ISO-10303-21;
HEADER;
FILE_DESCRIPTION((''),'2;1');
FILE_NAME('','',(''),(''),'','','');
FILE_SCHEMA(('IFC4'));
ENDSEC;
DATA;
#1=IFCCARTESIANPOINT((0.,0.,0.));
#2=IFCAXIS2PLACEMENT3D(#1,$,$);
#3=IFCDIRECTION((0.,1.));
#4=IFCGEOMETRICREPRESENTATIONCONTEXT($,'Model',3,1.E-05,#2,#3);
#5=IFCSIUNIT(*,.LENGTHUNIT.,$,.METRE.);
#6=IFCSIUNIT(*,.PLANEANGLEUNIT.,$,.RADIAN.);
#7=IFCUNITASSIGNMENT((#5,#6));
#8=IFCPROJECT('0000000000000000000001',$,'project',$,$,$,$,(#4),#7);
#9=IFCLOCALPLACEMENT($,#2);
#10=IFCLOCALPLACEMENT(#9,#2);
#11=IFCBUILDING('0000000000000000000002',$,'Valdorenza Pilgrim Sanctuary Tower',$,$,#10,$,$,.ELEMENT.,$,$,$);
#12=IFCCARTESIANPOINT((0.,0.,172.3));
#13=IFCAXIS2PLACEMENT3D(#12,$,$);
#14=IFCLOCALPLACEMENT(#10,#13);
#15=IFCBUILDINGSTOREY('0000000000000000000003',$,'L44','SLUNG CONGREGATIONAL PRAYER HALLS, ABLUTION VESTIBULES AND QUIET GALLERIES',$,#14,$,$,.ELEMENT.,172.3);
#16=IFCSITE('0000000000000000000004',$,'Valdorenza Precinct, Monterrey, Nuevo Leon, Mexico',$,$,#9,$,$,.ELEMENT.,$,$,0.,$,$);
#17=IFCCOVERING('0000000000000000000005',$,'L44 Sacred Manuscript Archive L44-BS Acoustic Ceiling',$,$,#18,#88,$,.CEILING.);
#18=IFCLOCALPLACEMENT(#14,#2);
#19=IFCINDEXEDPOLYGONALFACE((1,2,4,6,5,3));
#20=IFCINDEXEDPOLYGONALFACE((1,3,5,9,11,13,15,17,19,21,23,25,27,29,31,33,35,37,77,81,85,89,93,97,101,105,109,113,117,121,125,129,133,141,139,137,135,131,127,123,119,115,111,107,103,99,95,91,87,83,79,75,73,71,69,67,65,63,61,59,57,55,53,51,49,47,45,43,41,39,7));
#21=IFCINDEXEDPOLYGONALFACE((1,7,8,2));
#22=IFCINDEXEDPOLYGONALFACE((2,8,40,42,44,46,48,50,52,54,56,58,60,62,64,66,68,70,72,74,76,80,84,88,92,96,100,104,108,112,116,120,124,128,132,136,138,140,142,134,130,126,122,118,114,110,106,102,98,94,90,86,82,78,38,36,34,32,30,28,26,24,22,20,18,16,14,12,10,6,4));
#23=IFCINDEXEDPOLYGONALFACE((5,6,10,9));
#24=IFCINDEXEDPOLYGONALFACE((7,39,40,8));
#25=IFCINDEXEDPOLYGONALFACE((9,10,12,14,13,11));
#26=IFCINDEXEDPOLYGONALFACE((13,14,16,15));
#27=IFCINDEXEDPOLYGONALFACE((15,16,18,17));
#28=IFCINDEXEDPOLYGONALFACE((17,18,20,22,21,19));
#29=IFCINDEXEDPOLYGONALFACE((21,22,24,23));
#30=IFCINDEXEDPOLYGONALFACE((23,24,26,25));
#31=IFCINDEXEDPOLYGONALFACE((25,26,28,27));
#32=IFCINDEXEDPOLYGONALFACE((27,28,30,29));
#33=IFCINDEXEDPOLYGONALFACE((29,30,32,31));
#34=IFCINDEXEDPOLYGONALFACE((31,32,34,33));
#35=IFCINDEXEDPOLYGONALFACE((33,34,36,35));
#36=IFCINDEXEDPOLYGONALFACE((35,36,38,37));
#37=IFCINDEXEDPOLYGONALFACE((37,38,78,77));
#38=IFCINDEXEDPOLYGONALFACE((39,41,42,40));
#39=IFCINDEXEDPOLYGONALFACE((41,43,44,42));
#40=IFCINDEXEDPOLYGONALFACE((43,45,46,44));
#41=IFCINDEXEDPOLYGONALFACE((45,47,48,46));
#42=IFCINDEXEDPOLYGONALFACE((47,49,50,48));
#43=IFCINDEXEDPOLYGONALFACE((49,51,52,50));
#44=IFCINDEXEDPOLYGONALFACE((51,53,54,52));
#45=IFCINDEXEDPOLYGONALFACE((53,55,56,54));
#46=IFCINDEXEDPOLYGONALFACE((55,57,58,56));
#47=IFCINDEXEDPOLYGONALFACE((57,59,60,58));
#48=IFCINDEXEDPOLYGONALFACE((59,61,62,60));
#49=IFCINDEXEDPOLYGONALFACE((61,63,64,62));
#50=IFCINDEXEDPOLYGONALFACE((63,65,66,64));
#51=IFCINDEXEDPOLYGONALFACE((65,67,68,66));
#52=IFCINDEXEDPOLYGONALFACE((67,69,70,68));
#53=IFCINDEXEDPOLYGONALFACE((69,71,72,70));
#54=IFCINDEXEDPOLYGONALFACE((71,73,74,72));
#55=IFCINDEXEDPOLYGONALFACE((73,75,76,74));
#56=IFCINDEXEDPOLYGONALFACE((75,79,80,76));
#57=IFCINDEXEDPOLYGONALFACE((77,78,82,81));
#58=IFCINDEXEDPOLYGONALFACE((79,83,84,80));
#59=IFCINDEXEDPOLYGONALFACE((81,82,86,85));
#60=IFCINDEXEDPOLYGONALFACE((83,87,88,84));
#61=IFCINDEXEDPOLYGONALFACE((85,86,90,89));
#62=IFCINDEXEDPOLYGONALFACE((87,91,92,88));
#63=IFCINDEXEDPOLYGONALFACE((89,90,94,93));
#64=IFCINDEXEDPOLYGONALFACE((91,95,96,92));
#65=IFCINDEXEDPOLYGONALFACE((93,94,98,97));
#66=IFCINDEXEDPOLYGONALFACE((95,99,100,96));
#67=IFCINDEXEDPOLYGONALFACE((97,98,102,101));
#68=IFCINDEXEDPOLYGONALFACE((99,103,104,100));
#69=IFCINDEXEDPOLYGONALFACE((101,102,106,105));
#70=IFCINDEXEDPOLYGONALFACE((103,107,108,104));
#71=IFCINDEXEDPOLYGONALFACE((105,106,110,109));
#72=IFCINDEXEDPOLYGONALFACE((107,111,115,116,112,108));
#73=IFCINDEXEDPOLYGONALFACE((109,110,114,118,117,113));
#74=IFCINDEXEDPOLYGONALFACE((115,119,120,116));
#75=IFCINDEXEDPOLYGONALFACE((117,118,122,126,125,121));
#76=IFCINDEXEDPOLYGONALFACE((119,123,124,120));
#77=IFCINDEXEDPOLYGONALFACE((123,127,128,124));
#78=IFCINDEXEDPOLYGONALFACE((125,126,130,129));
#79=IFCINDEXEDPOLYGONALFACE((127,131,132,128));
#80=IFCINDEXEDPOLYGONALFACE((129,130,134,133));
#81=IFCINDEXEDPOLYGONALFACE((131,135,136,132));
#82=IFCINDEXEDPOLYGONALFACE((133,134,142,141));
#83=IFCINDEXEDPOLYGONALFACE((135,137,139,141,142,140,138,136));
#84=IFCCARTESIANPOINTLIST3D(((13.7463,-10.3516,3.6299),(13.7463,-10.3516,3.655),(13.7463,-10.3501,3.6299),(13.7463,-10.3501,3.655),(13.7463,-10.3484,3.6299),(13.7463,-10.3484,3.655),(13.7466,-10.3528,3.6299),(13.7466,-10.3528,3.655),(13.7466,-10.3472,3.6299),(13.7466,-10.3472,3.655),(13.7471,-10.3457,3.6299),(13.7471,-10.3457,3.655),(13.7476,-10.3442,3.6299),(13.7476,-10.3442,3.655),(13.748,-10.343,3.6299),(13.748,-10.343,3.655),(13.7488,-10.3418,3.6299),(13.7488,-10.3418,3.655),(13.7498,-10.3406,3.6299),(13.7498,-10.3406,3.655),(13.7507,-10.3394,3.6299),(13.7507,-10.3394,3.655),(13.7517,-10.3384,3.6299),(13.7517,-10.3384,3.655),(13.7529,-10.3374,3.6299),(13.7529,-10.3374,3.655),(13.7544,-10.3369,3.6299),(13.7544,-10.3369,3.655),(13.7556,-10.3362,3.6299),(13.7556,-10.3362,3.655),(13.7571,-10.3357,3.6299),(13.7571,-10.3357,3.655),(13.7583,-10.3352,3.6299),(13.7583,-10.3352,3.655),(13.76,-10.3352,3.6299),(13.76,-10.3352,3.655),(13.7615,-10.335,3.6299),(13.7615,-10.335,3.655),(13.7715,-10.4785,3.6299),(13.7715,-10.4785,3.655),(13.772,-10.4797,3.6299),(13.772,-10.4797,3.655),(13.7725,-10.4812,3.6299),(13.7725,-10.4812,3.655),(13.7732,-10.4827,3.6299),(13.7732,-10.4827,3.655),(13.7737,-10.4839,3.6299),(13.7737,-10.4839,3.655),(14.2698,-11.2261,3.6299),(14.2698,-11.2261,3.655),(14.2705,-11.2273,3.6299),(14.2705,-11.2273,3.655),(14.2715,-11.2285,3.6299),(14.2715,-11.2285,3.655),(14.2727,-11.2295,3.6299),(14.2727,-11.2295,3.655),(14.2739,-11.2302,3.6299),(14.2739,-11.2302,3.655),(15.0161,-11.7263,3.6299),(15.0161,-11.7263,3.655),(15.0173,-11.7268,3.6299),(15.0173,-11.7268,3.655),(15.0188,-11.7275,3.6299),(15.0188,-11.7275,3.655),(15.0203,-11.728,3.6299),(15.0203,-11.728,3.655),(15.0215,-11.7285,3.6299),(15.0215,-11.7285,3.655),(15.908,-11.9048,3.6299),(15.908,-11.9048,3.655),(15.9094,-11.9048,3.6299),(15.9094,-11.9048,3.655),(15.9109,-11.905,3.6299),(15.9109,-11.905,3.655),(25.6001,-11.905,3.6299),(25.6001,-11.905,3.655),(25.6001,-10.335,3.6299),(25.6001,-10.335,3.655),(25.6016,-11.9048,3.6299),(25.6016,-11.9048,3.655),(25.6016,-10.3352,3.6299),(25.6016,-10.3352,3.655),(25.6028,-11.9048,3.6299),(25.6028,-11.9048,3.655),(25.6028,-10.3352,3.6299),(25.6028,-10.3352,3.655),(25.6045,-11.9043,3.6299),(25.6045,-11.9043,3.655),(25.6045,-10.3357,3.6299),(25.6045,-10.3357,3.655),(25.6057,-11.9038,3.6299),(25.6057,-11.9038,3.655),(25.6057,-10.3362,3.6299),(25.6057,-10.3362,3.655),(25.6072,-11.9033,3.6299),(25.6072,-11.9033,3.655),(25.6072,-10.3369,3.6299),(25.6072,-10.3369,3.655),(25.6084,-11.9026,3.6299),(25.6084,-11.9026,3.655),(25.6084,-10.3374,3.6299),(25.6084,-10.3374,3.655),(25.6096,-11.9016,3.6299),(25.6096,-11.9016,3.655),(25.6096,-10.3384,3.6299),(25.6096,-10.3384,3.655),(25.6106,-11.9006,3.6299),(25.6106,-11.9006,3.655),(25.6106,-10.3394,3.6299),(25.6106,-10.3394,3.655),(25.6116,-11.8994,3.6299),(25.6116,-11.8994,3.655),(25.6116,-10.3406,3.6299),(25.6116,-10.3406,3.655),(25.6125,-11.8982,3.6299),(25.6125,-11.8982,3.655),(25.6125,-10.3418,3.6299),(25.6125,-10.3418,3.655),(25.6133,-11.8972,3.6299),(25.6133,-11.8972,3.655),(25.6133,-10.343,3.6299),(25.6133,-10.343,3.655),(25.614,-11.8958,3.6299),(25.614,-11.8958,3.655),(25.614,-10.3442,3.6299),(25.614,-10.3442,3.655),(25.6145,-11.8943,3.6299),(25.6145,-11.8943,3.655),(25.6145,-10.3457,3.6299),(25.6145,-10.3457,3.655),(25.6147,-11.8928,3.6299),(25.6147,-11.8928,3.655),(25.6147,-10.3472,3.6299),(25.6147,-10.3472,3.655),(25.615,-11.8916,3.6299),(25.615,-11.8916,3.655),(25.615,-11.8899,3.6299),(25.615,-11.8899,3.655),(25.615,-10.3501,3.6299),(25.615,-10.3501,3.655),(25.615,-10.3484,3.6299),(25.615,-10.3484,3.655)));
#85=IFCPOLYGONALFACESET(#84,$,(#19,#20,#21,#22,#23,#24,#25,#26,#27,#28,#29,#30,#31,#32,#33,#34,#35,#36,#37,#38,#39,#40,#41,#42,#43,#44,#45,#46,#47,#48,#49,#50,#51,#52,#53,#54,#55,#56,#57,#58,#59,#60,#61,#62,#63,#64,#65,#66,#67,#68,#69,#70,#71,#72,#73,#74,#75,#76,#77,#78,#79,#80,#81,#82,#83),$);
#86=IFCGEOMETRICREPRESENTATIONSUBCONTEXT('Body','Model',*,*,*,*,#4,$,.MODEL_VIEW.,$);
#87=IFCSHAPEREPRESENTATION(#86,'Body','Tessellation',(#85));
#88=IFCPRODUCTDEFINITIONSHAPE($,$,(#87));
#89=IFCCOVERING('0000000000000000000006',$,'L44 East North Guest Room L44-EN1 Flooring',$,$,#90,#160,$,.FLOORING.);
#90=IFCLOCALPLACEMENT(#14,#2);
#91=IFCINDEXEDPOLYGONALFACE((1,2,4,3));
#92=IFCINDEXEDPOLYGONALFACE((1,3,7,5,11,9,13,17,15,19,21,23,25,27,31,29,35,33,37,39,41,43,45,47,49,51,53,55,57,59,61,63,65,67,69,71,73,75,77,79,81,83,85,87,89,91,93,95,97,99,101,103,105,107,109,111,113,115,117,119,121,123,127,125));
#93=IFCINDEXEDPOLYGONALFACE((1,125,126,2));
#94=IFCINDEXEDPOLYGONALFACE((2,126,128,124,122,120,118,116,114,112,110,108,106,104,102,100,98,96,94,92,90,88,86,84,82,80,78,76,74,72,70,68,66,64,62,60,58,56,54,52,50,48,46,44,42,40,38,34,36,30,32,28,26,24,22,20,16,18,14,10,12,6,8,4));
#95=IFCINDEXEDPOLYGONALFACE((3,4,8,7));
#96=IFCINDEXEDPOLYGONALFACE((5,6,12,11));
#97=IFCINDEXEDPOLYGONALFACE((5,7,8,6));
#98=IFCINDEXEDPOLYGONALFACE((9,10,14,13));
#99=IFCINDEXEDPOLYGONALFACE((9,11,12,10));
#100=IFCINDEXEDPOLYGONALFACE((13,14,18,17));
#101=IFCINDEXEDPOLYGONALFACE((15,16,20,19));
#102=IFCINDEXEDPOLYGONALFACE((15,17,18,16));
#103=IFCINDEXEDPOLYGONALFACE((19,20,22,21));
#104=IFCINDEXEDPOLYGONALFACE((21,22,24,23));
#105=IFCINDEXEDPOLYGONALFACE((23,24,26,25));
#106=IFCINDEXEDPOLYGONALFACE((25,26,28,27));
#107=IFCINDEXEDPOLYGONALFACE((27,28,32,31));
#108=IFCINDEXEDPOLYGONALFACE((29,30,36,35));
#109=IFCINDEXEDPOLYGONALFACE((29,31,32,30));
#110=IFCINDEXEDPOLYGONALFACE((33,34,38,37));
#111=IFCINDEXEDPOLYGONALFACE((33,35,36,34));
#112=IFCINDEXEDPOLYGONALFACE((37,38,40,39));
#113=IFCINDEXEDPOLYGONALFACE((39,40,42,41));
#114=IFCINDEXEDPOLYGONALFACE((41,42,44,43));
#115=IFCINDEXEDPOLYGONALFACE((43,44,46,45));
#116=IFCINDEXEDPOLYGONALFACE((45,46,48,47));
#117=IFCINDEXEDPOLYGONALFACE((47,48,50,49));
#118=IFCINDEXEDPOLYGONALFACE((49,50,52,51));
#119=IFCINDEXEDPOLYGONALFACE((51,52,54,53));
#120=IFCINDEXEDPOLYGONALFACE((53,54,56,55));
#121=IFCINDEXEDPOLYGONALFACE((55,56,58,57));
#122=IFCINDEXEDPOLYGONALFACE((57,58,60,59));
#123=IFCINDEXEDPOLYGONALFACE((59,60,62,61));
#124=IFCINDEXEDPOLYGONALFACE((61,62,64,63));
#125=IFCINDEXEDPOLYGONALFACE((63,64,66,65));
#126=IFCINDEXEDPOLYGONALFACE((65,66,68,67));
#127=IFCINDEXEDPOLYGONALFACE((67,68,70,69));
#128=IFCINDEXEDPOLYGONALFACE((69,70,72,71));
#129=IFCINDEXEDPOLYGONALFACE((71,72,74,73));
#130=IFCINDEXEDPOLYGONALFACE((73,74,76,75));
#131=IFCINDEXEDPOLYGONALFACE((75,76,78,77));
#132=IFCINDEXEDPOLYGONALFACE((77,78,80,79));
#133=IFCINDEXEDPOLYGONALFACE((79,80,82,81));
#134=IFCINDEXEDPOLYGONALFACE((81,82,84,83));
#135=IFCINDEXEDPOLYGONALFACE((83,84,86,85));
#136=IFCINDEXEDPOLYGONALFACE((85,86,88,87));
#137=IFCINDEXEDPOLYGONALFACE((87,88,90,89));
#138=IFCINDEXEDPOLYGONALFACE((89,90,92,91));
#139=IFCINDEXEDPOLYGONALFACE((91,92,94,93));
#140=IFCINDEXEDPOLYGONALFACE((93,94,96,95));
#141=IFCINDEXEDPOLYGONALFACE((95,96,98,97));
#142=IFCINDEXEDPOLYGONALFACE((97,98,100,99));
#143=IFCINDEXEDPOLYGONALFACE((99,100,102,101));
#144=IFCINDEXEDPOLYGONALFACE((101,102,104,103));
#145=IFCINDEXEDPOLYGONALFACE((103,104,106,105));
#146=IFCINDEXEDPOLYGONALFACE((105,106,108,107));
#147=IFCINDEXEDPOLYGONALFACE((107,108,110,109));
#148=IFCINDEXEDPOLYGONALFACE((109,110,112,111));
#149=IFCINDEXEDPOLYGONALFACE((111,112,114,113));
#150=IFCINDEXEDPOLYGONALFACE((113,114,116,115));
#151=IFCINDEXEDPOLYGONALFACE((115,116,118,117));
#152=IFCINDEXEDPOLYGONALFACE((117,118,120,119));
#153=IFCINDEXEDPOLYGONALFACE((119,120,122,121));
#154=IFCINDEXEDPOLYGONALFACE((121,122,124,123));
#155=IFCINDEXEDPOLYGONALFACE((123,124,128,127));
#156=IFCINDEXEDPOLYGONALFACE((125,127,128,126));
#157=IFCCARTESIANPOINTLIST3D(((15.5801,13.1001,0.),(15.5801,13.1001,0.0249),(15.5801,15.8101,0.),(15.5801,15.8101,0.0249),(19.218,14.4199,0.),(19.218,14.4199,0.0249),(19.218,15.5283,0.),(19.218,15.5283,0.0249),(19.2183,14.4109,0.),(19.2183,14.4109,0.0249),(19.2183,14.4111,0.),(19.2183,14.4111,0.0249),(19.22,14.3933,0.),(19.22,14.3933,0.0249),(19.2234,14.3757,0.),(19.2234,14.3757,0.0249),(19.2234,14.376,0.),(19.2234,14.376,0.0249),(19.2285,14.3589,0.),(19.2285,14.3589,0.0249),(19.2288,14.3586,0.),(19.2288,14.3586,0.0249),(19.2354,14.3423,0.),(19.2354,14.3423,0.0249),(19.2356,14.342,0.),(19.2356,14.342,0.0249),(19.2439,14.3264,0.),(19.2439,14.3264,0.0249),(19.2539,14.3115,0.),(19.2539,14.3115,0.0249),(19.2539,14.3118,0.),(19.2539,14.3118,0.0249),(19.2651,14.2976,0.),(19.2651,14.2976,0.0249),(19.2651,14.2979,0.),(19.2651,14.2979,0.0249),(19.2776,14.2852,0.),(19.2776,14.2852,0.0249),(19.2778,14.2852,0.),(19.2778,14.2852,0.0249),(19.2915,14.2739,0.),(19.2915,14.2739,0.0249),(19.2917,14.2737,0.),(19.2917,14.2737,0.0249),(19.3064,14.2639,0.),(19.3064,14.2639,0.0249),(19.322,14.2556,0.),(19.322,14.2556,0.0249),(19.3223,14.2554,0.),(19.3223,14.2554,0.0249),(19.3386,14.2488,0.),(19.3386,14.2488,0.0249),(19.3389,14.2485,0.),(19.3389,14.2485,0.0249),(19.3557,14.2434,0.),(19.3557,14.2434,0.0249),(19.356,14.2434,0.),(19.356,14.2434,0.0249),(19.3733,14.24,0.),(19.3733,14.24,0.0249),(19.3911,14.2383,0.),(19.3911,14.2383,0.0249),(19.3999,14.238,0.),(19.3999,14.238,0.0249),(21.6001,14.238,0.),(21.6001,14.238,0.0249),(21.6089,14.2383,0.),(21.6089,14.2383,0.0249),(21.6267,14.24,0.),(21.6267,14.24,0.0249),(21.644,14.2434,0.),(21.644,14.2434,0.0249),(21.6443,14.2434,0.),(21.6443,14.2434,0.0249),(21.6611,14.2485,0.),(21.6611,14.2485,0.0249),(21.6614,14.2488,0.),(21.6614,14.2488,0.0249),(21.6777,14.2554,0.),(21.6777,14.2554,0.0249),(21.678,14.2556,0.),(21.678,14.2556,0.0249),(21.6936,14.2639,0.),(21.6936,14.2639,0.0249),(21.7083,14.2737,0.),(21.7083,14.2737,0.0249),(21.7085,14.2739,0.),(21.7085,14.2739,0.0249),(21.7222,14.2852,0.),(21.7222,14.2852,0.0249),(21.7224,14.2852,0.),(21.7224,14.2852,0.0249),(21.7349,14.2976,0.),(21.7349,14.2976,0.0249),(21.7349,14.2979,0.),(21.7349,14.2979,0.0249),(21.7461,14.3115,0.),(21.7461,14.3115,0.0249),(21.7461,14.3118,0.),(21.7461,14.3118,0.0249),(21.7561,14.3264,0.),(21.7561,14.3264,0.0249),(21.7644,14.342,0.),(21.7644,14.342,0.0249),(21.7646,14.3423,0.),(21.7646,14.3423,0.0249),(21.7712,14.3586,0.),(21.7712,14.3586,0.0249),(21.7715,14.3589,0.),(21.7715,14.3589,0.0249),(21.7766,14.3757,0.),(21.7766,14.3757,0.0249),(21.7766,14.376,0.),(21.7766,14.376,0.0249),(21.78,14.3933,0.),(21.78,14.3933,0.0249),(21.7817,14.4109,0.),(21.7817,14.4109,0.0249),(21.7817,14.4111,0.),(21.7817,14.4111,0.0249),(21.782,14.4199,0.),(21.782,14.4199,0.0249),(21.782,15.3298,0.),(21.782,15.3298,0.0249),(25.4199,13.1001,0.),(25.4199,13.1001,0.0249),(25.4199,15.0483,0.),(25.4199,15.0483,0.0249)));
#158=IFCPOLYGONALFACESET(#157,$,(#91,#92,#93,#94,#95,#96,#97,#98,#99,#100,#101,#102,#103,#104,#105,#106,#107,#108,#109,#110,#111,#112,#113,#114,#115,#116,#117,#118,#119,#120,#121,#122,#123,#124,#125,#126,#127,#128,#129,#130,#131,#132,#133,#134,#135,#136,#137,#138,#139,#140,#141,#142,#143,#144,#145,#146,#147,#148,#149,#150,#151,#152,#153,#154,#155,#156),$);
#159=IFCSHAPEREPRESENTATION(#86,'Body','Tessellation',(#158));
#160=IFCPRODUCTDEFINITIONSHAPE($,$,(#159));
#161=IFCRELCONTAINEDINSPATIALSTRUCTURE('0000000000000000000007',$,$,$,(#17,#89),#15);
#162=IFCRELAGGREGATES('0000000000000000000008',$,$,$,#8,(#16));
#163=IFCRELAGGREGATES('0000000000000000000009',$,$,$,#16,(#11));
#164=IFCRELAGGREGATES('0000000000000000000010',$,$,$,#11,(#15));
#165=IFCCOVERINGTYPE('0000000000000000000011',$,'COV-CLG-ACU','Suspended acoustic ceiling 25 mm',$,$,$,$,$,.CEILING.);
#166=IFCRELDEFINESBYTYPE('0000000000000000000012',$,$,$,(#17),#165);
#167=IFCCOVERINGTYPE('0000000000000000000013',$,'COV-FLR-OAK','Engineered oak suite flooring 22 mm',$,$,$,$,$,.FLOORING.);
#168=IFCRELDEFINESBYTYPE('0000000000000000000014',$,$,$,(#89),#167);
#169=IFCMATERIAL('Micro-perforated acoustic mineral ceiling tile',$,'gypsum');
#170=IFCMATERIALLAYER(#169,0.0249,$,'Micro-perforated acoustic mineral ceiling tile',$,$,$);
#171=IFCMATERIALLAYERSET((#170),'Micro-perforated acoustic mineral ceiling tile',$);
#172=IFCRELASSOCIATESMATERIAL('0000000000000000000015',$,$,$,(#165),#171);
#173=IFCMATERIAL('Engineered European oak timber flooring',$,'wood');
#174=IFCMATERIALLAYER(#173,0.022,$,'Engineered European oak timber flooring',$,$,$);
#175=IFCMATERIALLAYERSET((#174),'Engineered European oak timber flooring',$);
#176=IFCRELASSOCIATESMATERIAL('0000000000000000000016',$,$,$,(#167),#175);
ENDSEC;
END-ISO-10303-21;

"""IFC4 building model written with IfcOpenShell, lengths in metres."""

from ifc_helpers import new_model, si_unit, direction, frame, origin, place, context, subcontext, project, spatial, polyline, outline, extrude, material, layer, layer_set, type_object, element, save


model = new_model("IFC4")

# Units and contexts
model_context = context("Model", 3, precision=1e-05, world=origin(), true_north=direction((0.0, 1.0)))
body_context = subcontext(model_context, "Body", "Model", "MODEL_VIEW")
ifc_project = project(units=[si_unit("LENGTHUNIT", "METRE"), si_unit("PLANEANGLEUNIT", "RADIAN")], contexts=[model_context])

# Site, building, storey
site_placement = place(None, origin())
site = spatial("IfcSite", under=ifc_project, at=site_placement, Name="Valdorenza Precinct, Monterrey, Nuevo Leon, Mexico", CompositionType="ELEMENT", RefElevation=0.0)
building_placement = place(site_placement, origin())
building = spatial("IfcBuilding", under=site, at=building_placement, Name="Valdorenza Pilgrim Sanctuary Tower", CompositionType="ELEMENT")
storey_placement = place(building_placement, frame((0.0, 0.0, 172.3)))
storey = spatial("IfcBuildingStorey", under=building, at=storey_placement, Name="L44", Description="SLUNG CONGREGATIONAL PRAYER HALLS, ABLUTION VESTIBULES AND QUIET GALLERIES", CompositionType="ELEMENT", Elevation=172.3)

# Coverings
ifc_material_1 = material(Name="Micro-perforated acoustic mineral ceiling tile", Category="gypsum")
ifc_layer_1 = layer(ifc_material_1, 0.0249, Name="Micro-perforated acoustic mineral ceiling tile")
ifc_layer_set_1 = layer_set([ifc_layer_1], Name="Micro-perforated acoustic mineral ceiling tile")
covering_type_1 = type_object("IfcCoveringType", Name="COV-CLG-ACU", Description="Suspended acoustic ceiling 25 mm", PredefinedType="CEILING", material=ifc_layer_set_1)
covering_1_placement = place(storey_placement, frame((0.0, 0.0, 3.6299)))
element("IfcCovering", 1, at=covering_1_placement, inside=storey, type_object=covering_type_1, Name="L44 Sacred Manuscript Archive L44-BS Acoustic Ceiling", PredefinedType="CEILING", context=body_context, shape_type="SweptSolid", body=[
    extrude(outline(polyline([(25.615, -11.8899), (25.615, -11.8916), (25.6147, -11.8928), (25.6145, -11.8943), (25.614, -11.8958), (25.6133, -11.8972), (25.6125, -11.8982), (25.6116, -11.8994), (25.6106, -11.9006), (25.6096, -11.9016), (25.6084, -11.9026), (25.6072, -11.9033), (25.6057, -11.9038), (25.6045, -11.9043), (25.6028, -11.9048), (25.6016, -11.9048), (25.6001, -11.905), (15.9109, -11.905), (15.9094, -11.9048), (15.908, -11.9048), (15.0215, -11.7285), (15.0203, -11.728), (15.0188, -11.7275), (15.0173, -11.7268), (15.0161, -11.7263), (14.2739, -11.2302), (14.2727, -11.2295), (14.2715, -11.2285), (14.2705, -11.2273), (14.2698, -11.2261), (13.7737, -10.4839), (13.7732, -10.4827), (13.7725, -10.4812), (13.772, -10.4797), (13.7715, -10.4785), (13.7466, -10.3528), (13.7463, -10.3516), (13.7463, -10.3501), (13.7463, -10.3484), (13.7466, -10.3472), (13.7471, -10.3457), (13.7476, -10.3442), (13.748, -10.343), (13.7488, -10.3418), (13.7498, -10.3406), (13.7507, -10.3394), (13.7517, -10.3384), (13.7529, -10.3374), (13.7544, -10.3369), (13.7556, -10.3362), (13.7571, -10.3357), (13.7583, -10.3352), (13.76, -10.3352), (13.7615, -10.335), (25.6001, -10.335), (25.6016, -10.3352), (25.6028, -10.3352), (25.6045, -10.3357), (25.6057, -10.3362), (25.6072, -10.3369), (25.6084, -10.3374), (25.6096, -10.3384), (25.6106, -10.3394), (25.6116, -10.3406), (25.6125, -10.3418), (25.6133, -10.343), (25.614, -10.3442), (25.6145, -10.3457), (25.6147, -10.3472), (25.615, -10.3484), (25.615, -10.3501), (25.615, -11.8899)])), origin(), (0.0, 0.0, 1.0), 0.0251),
])
ifc_material_2 = material(Name="Engineered European oak timber flooring", Category="wood")
ifc_layer_2 = layer(ifc_material_2, 0.022, Name="Engineered European oak timber flooring")
ifc_layer_set_2 = layer_set([ifc_layer_2], Name="Engineered European oak timber flooring")
covering_type_2 = type_object("IfcCoveringType", Name="COV-FLR-OAK", Description="Engineered oak suite flooring 22 mm", PredefinedType="FLOORING", material=ifc_layer_set_2)
covering_2_placement = place(storey_placement, origin())
element("IfcCovering", 2, at=covering_2_placement, inside=storey, type_object=covering_type_2, Name="L44 East North Guest Room L44-EN1 Flooring", PredefinedType="FLOORING", context=body_context, shape_type="SweptSolid", body=[
    extrude(outline(polyline([(15.5801, 13.1001), (15.5801, 15.8101), (19.218, 15.5283), (19.218, 14.4199), (19.2183, 14.4111), (19.2183, 14.4109), (19.22, 14.3933), (19.22, 14.3933), (19.2234, 14.376), (19.2234, 14.3757), (19.2285, 14.3589), (19.2288, 14.3586), (19.2354, 14.3423), (19.2356, 14.342), (19.2439, 14.3264), (19.2439, 14.3264), (19.2539, 14.3118), (19.2539, 14.3115), (19.2651, 14.2979), (19.2651, 14.2976), (19.2776, 14.2852), (19.2778, 14.2852), (19.2915, 14.2739), (19.2917, 14.2737), (19.3064, 14.2639), (19.3064, 14.2639), (19.322, 14.2556), (19.3223, 14.2554), (19.3386, 14.2488), (19.3389, 14.2485), (19.3557, 14.2434), (19.356, 14.2434), (19.3733, 14.24), (19.3733, 14.24), (19.3911, 14.2383), (19.3911, 14.2383), (19.3999, 14.238), (21.6001, 14.238), (21.6089, 14.2383), (21.6089, 14.2383), (21.6267, 14.24), (21.6267, 14.24), (21.644, 14.2434), (21.6443, 14.2434), (21.6611, 14.2485), (21.6614, 14.2488), (21.6777, 14.2554), (21.678, 14.2556), (21.6936, 14.2639), (21.6936, 14.2639), (21.7083, 14.2737), (21.7085, 14.2739), (21.7222, 14.2852), (21.7224, 14.2852), (21.7349, 14.2976), (21.7349, 14.2979), (21.7461, 14.3115), (21.7461, 14.3118), (21.7561, 14.3264), (21.7561, 14.3264), (21.7644, 14.342), (21.7646, 14.3423), (21.7712, 14.3586), (21.7715, 14.3589), (21.7766, 14.3757), (21.7766, 14.376), (21.78, 14.3933), (21.78, 14.3933), (21.7817, 14.4109), (21.7817, 14.4111), (21.782, 14.4199), (21.782, 15.3298), (25.4199, 15.0483), (25.4199, 13.1001), (15.5801, 13.1001)])), origin(), (0.0, 0.0, 1.0), 0.0249),
])

save(model, "model.ifc")
